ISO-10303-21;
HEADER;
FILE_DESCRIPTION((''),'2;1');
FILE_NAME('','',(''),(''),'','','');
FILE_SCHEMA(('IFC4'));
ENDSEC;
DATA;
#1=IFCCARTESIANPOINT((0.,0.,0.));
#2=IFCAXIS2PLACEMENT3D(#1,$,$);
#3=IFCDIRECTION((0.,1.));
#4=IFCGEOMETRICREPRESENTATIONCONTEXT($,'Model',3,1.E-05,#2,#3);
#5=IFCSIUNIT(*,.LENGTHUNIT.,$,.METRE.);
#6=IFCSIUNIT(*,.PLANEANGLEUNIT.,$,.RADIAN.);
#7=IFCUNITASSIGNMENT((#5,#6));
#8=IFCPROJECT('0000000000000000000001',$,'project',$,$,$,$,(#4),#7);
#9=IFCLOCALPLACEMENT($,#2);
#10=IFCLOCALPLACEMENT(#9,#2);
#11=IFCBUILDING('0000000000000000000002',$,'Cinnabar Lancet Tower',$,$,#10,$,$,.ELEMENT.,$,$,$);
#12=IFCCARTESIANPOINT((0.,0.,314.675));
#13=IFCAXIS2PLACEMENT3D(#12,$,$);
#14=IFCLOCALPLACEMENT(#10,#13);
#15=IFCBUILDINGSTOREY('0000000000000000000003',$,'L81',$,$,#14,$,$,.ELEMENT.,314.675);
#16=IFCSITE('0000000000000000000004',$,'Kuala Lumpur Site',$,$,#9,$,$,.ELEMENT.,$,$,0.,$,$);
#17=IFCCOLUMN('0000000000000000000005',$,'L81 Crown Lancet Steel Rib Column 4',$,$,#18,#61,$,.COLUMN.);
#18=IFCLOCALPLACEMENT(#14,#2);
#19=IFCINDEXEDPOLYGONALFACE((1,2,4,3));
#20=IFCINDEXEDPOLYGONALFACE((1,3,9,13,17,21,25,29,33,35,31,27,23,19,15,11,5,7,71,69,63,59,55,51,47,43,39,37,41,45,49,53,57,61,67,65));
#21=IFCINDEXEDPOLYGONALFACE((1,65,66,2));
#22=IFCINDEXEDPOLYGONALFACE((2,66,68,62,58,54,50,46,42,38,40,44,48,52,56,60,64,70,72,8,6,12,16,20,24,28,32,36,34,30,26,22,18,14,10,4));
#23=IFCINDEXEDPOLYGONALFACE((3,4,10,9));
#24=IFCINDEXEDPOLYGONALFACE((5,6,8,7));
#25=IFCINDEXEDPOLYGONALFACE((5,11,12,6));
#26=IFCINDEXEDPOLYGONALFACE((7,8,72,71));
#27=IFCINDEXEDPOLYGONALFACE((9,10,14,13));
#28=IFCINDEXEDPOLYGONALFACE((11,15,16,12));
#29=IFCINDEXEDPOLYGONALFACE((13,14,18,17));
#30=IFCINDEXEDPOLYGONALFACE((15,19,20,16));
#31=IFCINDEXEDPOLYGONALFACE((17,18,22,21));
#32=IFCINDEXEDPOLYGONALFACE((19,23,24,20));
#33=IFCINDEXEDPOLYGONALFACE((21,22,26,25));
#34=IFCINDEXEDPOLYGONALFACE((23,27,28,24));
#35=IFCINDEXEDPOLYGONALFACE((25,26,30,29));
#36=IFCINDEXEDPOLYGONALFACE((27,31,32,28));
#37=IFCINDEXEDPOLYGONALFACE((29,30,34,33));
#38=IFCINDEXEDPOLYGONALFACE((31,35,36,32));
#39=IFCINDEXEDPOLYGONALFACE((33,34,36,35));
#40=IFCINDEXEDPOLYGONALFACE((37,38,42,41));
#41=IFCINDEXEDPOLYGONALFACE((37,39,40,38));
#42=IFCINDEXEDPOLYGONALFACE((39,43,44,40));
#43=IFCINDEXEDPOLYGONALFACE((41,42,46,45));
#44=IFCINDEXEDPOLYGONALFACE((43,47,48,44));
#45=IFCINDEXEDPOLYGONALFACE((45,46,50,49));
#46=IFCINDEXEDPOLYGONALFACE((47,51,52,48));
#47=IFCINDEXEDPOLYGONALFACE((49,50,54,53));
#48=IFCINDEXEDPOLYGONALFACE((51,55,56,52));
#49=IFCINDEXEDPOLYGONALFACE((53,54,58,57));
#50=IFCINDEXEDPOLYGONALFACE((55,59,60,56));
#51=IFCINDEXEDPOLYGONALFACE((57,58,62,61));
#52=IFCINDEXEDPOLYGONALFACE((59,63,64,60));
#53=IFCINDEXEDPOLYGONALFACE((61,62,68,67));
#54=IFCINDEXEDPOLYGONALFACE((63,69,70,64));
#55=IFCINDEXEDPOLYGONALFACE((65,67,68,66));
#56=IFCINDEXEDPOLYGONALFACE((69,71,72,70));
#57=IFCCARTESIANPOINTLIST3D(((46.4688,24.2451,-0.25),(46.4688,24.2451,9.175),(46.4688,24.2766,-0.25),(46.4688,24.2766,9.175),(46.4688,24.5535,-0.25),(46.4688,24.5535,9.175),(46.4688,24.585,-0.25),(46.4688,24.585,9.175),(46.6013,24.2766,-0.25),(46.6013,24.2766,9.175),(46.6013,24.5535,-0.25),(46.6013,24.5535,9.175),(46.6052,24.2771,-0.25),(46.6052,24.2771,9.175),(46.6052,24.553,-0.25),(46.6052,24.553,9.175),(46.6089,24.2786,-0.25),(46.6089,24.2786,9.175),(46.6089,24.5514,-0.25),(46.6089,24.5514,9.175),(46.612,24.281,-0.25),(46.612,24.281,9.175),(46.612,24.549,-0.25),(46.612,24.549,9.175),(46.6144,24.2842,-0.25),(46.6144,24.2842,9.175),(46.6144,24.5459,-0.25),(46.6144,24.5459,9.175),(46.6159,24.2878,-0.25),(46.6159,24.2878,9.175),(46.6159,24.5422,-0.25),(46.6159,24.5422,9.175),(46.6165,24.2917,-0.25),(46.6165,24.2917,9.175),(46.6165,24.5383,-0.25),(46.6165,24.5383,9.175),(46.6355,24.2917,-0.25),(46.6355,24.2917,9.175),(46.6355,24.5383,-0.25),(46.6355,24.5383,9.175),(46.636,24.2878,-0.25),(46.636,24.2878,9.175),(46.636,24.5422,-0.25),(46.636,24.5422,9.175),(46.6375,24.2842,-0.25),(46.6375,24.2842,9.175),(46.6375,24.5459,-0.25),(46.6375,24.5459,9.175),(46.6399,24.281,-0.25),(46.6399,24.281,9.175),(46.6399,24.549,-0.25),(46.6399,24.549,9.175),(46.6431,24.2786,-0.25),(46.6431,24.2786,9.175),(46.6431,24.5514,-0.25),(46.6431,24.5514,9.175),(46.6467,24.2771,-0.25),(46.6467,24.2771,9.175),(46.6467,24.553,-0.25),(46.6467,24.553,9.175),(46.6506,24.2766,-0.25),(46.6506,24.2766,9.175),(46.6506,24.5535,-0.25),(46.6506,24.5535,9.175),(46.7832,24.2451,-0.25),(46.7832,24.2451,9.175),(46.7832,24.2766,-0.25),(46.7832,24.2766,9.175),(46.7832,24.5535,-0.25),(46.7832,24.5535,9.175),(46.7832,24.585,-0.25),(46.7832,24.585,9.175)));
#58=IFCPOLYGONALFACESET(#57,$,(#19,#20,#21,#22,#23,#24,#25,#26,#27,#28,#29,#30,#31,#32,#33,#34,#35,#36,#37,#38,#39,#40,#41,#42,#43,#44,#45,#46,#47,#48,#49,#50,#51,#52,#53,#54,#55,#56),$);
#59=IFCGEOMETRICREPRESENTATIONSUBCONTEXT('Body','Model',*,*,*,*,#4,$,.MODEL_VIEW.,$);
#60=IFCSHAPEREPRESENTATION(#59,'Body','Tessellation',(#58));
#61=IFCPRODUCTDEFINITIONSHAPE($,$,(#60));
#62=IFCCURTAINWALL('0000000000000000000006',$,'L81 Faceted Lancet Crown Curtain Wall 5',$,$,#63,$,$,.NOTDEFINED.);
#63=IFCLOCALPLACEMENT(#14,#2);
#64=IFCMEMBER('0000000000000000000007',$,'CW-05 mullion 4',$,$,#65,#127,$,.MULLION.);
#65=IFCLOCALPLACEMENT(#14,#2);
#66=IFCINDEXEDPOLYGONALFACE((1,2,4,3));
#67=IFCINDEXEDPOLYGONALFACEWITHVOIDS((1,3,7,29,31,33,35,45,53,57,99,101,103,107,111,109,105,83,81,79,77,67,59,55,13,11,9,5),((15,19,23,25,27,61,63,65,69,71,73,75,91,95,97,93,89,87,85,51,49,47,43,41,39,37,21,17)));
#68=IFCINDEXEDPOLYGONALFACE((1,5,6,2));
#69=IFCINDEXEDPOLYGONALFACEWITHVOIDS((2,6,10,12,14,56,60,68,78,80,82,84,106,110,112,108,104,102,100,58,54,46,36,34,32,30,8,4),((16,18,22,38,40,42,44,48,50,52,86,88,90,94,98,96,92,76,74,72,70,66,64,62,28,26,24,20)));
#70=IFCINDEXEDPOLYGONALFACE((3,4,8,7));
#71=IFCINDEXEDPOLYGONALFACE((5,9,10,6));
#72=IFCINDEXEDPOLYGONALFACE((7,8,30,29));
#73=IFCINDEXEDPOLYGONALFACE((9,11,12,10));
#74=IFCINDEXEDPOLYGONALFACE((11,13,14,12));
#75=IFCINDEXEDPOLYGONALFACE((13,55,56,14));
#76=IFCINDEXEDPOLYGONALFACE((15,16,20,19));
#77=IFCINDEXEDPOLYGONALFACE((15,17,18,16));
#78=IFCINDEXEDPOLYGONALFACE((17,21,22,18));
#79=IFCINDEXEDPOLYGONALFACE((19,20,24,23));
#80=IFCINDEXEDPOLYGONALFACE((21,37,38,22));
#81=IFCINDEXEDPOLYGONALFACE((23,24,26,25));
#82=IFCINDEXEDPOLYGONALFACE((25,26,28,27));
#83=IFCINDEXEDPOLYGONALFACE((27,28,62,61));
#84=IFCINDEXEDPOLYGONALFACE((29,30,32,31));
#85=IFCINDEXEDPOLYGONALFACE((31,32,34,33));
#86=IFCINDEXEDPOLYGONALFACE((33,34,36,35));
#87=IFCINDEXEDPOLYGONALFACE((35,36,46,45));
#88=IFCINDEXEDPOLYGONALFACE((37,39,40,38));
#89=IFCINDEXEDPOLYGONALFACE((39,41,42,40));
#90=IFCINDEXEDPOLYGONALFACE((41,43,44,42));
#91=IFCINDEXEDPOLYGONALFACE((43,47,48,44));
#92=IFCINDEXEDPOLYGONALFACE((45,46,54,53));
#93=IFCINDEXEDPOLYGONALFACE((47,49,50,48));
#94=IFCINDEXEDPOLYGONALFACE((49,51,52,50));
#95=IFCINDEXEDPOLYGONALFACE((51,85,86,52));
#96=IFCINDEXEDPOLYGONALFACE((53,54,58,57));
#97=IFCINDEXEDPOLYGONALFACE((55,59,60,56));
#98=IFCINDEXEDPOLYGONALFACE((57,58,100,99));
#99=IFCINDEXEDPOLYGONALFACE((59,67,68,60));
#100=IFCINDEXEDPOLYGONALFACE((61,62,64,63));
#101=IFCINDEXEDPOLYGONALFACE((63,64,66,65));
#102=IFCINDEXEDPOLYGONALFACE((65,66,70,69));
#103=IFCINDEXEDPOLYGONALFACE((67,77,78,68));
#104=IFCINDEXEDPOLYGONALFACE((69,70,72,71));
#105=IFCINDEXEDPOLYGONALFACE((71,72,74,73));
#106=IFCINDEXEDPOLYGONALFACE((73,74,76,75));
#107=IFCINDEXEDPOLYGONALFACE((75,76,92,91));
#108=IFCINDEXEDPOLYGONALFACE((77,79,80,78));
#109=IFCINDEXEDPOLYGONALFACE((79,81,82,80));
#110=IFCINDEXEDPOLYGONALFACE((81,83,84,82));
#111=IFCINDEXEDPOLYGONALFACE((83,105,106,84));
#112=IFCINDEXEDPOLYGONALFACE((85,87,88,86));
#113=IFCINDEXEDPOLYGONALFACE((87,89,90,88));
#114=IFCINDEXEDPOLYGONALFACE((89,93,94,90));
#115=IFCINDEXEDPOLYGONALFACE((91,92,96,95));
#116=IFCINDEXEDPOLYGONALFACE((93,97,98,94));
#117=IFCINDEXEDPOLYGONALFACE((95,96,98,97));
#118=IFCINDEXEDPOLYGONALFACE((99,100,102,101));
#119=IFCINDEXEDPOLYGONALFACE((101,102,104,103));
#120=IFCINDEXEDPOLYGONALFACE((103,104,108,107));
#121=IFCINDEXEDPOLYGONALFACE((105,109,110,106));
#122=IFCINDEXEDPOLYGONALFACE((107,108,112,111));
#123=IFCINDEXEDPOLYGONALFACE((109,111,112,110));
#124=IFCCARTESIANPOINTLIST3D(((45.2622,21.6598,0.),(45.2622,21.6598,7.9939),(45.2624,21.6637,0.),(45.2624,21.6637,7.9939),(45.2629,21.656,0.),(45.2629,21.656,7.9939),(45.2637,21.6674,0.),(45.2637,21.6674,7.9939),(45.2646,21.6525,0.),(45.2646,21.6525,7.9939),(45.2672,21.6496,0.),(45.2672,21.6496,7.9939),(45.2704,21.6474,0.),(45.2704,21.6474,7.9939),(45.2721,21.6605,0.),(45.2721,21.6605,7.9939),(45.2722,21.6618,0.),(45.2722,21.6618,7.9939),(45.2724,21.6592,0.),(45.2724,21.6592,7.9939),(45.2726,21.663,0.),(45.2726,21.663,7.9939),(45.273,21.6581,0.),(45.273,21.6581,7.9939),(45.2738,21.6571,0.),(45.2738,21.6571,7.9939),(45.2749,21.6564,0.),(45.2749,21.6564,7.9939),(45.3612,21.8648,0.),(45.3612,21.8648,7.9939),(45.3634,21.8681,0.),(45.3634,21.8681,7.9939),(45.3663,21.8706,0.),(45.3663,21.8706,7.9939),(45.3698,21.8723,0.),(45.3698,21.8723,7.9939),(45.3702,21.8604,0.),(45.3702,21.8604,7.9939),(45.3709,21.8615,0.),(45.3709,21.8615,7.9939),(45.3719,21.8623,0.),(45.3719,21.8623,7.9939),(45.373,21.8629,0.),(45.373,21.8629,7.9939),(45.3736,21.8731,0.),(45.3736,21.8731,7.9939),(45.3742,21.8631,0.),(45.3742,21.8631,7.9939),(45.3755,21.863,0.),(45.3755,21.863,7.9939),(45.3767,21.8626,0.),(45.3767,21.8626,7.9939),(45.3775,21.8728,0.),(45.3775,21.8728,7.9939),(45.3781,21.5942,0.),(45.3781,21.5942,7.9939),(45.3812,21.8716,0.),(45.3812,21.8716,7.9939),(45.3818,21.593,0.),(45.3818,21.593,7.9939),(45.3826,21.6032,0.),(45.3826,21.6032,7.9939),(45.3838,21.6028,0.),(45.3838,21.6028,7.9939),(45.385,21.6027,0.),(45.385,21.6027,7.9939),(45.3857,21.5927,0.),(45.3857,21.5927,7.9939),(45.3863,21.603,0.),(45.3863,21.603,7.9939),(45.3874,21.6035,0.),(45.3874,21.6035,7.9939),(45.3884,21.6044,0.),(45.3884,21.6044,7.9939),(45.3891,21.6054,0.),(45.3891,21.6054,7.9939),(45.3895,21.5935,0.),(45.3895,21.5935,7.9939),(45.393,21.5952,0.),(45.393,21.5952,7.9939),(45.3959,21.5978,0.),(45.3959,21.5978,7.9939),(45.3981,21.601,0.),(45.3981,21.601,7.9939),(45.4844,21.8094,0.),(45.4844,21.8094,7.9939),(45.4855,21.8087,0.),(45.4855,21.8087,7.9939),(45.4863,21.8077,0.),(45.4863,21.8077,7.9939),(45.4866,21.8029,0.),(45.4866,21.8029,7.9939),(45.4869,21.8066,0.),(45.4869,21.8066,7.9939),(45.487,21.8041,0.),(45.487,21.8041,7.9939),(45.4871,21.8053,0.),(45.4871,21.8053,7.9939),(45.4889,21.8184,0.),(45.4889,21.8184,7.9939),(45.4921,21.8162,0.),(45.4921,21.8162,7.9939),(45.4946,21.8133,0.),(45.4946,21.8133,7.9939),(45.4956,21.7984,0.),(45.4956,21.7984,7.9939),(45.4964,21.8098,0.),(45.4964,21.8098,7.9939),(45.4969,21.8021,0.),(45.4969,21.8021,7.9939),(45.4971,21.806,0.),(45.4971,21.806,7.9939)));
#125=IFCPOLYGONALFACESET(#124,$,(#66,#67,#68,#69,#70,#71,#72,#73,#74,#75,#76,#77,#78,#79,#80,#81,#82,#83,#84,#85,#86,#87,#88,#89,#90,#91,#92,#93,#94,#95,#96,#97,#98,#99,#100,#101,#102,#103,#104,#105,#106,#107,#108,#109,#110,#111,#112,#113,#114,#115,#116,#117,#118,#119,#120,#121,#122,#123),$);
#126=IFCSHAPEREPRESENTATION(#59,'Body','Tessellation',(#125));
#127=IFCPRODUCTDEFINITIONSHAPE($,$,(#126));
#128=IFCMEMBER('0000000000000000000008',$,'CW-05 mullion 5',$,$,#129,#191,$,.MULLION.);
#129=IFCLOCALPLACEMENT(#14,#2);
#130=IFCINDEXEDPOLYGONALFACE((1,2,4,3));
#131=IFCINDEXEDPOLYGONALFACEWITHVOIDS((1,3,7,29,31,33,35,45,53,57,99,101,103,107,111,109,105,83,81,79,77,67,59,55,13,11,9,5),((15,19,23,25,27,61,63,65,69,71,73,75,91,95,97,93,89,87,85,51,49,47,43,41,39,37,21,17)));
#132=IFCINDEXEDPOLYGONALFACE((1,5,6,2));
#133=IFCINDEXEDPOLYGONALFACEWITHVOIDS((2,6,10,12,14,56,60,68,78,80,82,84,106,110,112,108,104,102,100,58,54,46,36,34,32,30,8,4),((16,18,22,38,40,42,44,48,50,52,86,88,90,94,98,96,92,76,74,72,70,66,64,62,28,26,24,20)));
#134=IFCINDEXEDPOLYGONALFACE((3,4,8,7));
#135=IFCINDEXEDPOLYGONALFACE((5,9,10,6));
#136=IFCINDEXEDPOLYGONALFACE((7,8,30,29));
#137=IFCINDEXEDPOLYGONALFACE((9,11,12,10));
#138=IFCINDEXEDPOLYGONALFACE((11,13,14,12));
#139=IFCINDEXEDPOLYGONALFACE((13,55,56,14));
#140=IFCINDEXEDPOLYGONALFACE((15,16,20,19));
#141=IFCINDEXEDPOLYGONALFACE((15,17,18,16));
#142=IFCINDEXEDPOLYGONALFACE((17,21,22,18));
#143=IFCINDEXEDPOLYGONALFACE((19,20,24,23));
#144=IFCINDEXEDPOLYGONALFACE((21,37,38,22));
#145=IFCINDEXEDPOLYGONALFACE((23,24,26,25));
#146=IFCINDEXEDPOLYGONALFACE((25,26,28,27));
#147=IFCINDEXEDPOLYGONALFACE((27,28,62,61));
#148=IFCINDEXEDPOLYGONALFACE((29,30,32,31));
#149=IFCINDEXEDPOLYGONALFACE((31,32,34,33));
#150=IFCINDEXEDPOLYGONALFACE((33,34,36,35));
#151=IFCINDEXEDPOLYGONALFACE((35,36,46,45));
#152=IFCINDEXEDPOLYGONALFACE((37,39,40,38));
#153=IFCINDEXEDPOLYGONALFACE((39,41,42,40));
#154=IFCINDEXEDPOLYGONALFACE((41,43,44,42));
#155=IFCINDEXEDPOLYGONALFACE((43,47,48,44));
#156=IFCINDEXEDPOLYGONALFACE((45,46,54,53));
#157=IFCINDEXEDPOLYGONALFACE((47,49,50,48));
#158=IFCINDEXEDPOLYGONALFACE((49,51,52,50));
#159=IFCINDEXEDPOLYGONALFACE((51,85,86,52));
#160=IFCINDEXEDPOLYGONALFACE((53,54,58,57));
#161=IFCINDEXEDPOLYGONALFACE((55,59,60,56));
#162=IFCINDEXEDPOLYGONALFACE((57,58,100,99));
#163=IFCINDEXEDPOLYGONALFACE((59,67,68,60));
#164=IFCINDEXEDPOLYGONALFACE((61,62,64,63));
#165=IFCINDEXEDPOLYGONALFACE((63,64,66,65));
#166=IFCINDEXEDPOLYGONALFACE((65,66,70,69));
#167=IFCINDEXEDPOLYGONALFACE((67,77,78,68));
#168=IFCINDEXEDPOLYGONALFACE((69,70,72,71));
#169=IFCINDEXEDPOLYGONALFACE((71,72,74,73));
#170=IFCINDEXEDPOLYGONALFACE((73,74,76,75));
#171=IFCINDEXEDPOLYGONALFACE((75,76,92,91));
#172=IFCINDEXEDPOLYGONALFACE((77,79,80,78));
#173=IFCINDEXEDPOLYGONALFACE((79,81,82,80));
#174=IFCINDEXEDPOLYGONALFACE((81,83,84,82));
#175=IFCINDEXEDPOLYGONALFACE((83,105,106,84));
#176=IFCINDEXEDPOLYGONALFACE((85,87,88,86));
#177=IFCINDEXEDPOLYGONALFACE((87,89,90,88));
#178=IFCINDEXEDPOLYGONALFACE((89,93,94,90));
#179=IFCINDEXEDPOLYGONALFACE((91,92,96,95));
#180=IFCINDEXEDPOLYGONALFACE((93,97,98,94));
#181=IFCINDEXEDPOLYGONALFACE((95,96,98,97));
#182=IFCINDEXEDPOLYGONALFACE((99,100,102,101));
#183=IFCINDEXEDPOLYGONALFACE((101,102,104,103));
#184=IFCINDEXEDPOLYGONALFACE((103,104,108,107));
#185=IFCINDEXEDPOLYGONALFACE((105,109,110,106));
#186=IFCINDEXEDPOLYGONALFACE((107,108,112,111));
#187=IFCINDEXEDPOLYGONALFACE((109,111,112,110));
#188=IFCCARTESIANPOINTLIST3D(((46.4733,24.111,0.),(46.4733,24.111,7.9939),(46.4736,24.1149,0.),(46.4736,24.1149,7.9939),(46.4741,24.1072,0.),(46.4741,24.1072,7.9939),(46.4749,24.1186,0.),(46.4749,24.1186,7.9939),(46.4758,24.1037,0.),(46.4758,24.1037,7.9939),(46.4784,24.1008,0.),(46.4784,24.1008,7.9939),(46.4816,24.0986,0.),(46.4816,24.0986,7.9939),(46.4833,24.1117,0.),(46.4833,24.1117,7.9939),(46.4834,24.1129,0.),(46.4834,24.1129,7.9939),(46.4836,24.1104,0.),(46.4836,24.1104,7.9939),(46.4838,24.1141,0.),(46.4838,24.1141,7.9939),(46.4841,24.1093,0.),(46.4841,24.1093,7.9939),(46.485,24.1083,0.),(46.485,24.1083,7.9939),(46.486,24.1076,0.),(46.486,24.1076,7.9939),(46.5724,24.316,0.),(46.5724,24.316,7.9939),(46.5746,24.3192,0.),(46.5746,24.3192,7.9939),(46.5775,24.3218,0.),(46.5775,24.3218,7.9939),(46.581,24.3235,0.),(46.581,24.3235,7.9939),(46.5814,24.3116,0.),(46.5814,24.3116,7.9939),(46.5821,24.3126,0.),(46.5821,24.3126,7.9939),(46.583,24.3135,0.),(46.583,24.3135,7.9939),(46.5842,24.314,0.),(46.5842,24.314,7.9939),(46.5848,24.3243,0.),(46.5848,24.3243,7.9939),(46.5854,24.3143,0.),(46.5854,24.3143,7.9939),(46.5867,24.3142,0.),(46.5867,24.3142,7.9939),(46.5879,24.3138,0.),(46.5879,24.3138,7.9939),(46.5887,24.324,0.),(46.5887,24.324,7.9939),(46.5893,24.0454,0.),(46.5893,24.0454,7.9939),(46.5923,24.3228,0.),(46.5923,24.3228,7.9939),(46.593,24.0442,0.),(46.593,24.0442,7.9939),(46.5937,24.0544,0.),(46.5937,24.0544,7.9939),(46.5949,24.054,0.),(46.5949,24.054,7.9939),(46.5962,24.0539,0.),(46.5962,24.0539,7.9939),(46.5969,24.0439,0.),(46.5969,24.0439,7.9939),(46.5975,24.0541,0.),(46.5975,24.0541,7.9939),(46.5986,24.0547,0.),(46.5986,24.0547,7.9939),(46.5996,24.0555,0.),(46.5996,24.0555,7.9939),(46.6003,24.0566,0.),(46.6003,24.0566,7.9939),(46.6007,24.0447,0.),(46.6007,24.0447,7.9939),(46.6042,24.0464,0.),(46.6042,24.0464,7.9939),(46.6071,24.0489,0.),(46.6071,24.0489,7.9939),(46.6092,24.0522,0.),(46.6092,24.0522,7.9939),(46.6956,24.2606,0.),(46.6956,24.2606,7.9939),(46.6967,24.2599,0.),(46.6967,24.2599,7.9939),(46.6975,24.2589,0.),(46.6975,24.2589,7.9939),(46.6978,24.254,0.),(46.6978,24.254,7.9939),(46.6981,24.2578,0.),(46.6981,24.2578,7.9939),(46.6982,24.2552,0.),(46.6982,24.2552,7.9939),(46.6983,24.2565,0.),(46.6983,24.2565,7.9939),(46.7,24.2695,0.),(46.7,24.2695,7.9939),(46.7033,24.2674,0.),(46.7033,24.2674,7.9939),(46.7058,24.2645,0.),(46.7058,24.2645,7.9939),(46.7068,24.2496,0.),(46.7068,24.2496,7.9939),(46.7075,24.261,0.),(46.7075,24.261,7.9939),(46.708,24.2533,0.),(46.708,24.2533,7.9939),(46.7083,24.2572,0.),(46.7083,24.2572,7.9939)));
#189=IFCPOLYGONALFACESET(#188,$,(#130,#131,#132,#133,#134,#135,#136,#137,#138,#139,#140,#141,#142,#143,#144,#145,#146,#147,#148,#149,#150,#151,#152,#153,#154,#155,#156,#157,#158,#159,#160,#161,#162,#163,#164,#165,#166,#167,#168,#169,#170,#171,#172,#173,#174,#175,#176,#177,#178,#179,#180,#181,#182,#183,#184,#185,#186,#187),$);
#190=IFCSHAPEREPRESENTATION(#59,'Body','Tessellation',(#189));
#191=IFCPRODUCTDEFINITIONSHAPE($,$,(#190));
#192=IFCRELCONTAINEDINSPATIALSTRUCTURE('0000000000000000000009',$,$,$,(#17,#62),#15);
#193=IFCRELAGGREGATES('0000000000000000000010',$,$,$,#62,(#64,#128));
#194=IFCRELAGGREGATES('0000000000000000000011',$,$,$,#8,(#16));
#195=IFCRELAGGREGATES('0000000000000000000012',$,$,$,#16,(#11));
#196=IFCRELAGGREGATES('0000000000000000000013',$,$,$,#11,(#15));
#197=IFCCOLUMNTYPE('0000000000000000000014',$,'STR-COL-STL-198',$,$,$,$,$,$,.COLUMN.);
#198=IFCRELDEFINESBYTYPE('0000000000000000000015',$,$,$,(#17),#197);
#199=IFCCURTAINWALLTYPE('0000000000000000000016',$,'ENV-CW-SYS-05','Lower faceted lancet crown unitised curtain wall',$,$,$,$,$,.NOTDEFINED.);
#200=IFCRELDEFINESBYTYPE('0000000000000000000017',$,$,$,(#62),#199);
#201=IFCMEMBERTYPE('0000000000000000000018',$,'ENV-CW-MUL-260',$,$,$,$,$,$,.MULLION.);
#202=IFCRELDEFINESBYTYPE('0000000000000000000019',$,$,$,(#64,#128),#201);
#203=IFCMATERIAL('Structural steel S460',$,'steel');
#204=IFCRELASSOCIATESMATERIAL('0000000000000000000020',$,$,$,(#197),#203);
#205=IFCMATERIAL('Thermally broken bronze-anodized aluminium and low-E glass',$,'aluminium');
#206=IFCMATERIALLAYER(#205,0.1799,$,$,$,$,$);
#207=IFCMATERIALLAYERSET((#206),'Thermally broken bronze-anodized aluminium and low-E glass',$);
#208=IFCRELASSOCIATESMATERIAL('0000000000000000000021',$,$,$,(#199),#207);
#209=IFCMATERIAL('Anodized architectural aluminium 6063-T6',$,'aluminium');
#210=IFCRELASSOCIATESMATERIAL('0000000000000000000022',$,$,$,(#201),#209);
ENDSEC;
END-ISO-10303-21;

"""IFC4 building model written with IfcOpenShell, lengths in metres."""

from ifc_helpers import new_model, si_unit, direction, frame, origin, origin_2d, place, context, subcontext, project, spatial, hollow_rectangle, i_section, extrude, material, layer, layer_set, material_profile, profile_set, type_object, element, aggregate, save


model = new_model("IFC4")

# Units and contexts
model_context = context("Model", 3, precision=1e-05, world=origin(), true_north=direction((0.0, 1.0)))
body_context = subcontext(model_context, "Body", "Model", "MODEL_VIEW")
ifc_project = project(units=[si_unit("LENGTHUNIT", "METRE"), si_unit("PLANEANGLEUNIT", "RADIAN")], contexts=[model_context])

# Site, building, storey
site_placement = place(None, origin())
site = spatial("IfcSite", under=ifc_project, at=site_placement, Name="Kuala Lumpur Site", CompositionType="ELEMENT", RefElevation=0.0)
building_placement = place(site_placement, origin())
building = spatial("IfcBuilding", under=site, at=building_placement, Name="Cinnabar Lancet Tower", CompositionType="ELEMENT")
storey_placement = place(building_placement, frame((0.0, 0.0, 314.675)))
storey = spatial("IfcBuildingStorey", under=building, at=storey_placement, Name="L81", CompositionType="ELEMENT", Elevation=314.675)

# Column
ifc_material_1 = material(Name="Structural steel S460", Category="steel")
ifc_material_profile_1 = material_profile(ifc_material_1, i_section(OverallWidth=0.3145, OverallDepth=0.3398, WebThickness=0.019, FlangeThickness=0.0315, FilletRadius=0.0151, at=origin_2d()), Name="UKC 305x305x198")
ifc_profile_set_1 = profile_set([ifc_material_profile_1], Name="Structural steel S460")
column_type = type_object("IfcColumnType", Name="STR-COL-STL-198", PredefinedType="COLUMN", material=ifc_profile_set_1)
column_placement = place(storey_placement, frame((46.626, 24.415, -0.25), z_axis=(0.0, 0.0, 1.0), x_axis=(1.0, 0.0, 0.0)))
element("IfcColumn", 1, at=column_placement, inside=storey, type_object=column_type, Name="L81 Crown Lancet Steel Rib Column 4", PredefinedType="COLUMN", context=body_context, shape_type="SweptSolid", body=[
    extrude(i_section(OverallWidth=0.3145, OverallDepth=0.3398, WebThickness=0.019, FlangeThickness=0.0315, FilletRadius=0.0151, at=origin_2d()), origin(), (0.0, 0.0, 1.0), 9.425),
])

# Curtain wall, members
ifc_material_2 = material(Name="Thermally broken bronze-anodized aluminium and low-E glass", Category="aluminium")
ifc_layer_1 = layer(ifc_material_2, 0.1799)
ifc_layer_set_1 = layer_set([ifc_layer_1], Name="Thermally broken bronze-anodized aluminium and low-E glass")
curtain_wall_type = type_object("IfcCurtainWallType", Name="ENV-CW-SYS-05", Description="Lower faceted lancet crown unitised curtain wall", PredefinedType="NOTDEFINED", material=ifc_layer_set_1)
curtain_wall_1_placement = place(storey_placement, origin())
curtain_wall_1 = element("IfcCurtainWall", 2, at=curtain_wall_1_placement, inside=storey, type_object=curtain_wall_type, Name="L81 Faceted Lancet Crown Curtain Wall 5", PredefinedType="NOTDEFINED")
ifc_material_3 = material(Name="Anodized architectural aluminium 6063-T6", Category="aluminium")
ifc_material_profile_2 = material_profile(ifc_material_3, hollow_rectangle(XDim=0.1499, YDim=0.25, WallThickness=0.01, InnerFilletRadius=0.0049, OuterFilletRadius=0.0149, at=origin_2d()), Name="RHS 250x150x10")
ifc_profile_set_2 = profile_set([ifc_material_profile_2], Name="Anodized architectural aluminium 6063-T6")
member_type_1 = type_object("IfcMemberType", Name="ENV-CW-MUL-260", PredefinedType="MULLION", material=ifc_profile_set_2)
member_1_placement = place(storey_placement, frame((45.3796, 21.7329, 0.0), z_axis=(0.0, 0.0, 1.0), x_axis=(-0.896552, 0.442939, 0.0)))
member_1 = element("IfcMember", 3, at=member_1_placement, type_object=member_type_1, Name="CW-05 mullion 4", PredefinedType="MULLION", context=body_context, shape_type="SweptSolid", body=[
    extrude(hollow_rectangle(XDim=0.1499, YDim=0.25, WallThickness=0.01, InnerFilletRadius=0.0049, OuterFilletRadius=0.0149, at=origin_2d()), origin(), (0.0, 0.0, 1.0), 7.9939),
])
member_2_placement = place(storey_placement, frame((46.5908, 24.1841, 0.0), z_axis=(0.0, 0.0, 1.0), x_axis=(-0.896552, 0.442939, 0.0)))
member_2 = element("IfcMember", 4, at=member_2_placement, type_object=member_type_1, Name="CW-05 mullion 5", PredefinedType="MULLION", context=body_context, shape_type="SweptSolid", body=[
    extrude(hollow_rectangle(XDim=0.1499, YDim=0.25, WallThickness=0.01, InnerFilletRadius=0.0049, OuterFilletRadius=0.0149, at=origin_2d()), origin(), (0.0, 0.0, 1.0), 7.9939),
])

aggregate(curtain_wall_1, [member_1, member_2])

save(model, "model.ifc")
